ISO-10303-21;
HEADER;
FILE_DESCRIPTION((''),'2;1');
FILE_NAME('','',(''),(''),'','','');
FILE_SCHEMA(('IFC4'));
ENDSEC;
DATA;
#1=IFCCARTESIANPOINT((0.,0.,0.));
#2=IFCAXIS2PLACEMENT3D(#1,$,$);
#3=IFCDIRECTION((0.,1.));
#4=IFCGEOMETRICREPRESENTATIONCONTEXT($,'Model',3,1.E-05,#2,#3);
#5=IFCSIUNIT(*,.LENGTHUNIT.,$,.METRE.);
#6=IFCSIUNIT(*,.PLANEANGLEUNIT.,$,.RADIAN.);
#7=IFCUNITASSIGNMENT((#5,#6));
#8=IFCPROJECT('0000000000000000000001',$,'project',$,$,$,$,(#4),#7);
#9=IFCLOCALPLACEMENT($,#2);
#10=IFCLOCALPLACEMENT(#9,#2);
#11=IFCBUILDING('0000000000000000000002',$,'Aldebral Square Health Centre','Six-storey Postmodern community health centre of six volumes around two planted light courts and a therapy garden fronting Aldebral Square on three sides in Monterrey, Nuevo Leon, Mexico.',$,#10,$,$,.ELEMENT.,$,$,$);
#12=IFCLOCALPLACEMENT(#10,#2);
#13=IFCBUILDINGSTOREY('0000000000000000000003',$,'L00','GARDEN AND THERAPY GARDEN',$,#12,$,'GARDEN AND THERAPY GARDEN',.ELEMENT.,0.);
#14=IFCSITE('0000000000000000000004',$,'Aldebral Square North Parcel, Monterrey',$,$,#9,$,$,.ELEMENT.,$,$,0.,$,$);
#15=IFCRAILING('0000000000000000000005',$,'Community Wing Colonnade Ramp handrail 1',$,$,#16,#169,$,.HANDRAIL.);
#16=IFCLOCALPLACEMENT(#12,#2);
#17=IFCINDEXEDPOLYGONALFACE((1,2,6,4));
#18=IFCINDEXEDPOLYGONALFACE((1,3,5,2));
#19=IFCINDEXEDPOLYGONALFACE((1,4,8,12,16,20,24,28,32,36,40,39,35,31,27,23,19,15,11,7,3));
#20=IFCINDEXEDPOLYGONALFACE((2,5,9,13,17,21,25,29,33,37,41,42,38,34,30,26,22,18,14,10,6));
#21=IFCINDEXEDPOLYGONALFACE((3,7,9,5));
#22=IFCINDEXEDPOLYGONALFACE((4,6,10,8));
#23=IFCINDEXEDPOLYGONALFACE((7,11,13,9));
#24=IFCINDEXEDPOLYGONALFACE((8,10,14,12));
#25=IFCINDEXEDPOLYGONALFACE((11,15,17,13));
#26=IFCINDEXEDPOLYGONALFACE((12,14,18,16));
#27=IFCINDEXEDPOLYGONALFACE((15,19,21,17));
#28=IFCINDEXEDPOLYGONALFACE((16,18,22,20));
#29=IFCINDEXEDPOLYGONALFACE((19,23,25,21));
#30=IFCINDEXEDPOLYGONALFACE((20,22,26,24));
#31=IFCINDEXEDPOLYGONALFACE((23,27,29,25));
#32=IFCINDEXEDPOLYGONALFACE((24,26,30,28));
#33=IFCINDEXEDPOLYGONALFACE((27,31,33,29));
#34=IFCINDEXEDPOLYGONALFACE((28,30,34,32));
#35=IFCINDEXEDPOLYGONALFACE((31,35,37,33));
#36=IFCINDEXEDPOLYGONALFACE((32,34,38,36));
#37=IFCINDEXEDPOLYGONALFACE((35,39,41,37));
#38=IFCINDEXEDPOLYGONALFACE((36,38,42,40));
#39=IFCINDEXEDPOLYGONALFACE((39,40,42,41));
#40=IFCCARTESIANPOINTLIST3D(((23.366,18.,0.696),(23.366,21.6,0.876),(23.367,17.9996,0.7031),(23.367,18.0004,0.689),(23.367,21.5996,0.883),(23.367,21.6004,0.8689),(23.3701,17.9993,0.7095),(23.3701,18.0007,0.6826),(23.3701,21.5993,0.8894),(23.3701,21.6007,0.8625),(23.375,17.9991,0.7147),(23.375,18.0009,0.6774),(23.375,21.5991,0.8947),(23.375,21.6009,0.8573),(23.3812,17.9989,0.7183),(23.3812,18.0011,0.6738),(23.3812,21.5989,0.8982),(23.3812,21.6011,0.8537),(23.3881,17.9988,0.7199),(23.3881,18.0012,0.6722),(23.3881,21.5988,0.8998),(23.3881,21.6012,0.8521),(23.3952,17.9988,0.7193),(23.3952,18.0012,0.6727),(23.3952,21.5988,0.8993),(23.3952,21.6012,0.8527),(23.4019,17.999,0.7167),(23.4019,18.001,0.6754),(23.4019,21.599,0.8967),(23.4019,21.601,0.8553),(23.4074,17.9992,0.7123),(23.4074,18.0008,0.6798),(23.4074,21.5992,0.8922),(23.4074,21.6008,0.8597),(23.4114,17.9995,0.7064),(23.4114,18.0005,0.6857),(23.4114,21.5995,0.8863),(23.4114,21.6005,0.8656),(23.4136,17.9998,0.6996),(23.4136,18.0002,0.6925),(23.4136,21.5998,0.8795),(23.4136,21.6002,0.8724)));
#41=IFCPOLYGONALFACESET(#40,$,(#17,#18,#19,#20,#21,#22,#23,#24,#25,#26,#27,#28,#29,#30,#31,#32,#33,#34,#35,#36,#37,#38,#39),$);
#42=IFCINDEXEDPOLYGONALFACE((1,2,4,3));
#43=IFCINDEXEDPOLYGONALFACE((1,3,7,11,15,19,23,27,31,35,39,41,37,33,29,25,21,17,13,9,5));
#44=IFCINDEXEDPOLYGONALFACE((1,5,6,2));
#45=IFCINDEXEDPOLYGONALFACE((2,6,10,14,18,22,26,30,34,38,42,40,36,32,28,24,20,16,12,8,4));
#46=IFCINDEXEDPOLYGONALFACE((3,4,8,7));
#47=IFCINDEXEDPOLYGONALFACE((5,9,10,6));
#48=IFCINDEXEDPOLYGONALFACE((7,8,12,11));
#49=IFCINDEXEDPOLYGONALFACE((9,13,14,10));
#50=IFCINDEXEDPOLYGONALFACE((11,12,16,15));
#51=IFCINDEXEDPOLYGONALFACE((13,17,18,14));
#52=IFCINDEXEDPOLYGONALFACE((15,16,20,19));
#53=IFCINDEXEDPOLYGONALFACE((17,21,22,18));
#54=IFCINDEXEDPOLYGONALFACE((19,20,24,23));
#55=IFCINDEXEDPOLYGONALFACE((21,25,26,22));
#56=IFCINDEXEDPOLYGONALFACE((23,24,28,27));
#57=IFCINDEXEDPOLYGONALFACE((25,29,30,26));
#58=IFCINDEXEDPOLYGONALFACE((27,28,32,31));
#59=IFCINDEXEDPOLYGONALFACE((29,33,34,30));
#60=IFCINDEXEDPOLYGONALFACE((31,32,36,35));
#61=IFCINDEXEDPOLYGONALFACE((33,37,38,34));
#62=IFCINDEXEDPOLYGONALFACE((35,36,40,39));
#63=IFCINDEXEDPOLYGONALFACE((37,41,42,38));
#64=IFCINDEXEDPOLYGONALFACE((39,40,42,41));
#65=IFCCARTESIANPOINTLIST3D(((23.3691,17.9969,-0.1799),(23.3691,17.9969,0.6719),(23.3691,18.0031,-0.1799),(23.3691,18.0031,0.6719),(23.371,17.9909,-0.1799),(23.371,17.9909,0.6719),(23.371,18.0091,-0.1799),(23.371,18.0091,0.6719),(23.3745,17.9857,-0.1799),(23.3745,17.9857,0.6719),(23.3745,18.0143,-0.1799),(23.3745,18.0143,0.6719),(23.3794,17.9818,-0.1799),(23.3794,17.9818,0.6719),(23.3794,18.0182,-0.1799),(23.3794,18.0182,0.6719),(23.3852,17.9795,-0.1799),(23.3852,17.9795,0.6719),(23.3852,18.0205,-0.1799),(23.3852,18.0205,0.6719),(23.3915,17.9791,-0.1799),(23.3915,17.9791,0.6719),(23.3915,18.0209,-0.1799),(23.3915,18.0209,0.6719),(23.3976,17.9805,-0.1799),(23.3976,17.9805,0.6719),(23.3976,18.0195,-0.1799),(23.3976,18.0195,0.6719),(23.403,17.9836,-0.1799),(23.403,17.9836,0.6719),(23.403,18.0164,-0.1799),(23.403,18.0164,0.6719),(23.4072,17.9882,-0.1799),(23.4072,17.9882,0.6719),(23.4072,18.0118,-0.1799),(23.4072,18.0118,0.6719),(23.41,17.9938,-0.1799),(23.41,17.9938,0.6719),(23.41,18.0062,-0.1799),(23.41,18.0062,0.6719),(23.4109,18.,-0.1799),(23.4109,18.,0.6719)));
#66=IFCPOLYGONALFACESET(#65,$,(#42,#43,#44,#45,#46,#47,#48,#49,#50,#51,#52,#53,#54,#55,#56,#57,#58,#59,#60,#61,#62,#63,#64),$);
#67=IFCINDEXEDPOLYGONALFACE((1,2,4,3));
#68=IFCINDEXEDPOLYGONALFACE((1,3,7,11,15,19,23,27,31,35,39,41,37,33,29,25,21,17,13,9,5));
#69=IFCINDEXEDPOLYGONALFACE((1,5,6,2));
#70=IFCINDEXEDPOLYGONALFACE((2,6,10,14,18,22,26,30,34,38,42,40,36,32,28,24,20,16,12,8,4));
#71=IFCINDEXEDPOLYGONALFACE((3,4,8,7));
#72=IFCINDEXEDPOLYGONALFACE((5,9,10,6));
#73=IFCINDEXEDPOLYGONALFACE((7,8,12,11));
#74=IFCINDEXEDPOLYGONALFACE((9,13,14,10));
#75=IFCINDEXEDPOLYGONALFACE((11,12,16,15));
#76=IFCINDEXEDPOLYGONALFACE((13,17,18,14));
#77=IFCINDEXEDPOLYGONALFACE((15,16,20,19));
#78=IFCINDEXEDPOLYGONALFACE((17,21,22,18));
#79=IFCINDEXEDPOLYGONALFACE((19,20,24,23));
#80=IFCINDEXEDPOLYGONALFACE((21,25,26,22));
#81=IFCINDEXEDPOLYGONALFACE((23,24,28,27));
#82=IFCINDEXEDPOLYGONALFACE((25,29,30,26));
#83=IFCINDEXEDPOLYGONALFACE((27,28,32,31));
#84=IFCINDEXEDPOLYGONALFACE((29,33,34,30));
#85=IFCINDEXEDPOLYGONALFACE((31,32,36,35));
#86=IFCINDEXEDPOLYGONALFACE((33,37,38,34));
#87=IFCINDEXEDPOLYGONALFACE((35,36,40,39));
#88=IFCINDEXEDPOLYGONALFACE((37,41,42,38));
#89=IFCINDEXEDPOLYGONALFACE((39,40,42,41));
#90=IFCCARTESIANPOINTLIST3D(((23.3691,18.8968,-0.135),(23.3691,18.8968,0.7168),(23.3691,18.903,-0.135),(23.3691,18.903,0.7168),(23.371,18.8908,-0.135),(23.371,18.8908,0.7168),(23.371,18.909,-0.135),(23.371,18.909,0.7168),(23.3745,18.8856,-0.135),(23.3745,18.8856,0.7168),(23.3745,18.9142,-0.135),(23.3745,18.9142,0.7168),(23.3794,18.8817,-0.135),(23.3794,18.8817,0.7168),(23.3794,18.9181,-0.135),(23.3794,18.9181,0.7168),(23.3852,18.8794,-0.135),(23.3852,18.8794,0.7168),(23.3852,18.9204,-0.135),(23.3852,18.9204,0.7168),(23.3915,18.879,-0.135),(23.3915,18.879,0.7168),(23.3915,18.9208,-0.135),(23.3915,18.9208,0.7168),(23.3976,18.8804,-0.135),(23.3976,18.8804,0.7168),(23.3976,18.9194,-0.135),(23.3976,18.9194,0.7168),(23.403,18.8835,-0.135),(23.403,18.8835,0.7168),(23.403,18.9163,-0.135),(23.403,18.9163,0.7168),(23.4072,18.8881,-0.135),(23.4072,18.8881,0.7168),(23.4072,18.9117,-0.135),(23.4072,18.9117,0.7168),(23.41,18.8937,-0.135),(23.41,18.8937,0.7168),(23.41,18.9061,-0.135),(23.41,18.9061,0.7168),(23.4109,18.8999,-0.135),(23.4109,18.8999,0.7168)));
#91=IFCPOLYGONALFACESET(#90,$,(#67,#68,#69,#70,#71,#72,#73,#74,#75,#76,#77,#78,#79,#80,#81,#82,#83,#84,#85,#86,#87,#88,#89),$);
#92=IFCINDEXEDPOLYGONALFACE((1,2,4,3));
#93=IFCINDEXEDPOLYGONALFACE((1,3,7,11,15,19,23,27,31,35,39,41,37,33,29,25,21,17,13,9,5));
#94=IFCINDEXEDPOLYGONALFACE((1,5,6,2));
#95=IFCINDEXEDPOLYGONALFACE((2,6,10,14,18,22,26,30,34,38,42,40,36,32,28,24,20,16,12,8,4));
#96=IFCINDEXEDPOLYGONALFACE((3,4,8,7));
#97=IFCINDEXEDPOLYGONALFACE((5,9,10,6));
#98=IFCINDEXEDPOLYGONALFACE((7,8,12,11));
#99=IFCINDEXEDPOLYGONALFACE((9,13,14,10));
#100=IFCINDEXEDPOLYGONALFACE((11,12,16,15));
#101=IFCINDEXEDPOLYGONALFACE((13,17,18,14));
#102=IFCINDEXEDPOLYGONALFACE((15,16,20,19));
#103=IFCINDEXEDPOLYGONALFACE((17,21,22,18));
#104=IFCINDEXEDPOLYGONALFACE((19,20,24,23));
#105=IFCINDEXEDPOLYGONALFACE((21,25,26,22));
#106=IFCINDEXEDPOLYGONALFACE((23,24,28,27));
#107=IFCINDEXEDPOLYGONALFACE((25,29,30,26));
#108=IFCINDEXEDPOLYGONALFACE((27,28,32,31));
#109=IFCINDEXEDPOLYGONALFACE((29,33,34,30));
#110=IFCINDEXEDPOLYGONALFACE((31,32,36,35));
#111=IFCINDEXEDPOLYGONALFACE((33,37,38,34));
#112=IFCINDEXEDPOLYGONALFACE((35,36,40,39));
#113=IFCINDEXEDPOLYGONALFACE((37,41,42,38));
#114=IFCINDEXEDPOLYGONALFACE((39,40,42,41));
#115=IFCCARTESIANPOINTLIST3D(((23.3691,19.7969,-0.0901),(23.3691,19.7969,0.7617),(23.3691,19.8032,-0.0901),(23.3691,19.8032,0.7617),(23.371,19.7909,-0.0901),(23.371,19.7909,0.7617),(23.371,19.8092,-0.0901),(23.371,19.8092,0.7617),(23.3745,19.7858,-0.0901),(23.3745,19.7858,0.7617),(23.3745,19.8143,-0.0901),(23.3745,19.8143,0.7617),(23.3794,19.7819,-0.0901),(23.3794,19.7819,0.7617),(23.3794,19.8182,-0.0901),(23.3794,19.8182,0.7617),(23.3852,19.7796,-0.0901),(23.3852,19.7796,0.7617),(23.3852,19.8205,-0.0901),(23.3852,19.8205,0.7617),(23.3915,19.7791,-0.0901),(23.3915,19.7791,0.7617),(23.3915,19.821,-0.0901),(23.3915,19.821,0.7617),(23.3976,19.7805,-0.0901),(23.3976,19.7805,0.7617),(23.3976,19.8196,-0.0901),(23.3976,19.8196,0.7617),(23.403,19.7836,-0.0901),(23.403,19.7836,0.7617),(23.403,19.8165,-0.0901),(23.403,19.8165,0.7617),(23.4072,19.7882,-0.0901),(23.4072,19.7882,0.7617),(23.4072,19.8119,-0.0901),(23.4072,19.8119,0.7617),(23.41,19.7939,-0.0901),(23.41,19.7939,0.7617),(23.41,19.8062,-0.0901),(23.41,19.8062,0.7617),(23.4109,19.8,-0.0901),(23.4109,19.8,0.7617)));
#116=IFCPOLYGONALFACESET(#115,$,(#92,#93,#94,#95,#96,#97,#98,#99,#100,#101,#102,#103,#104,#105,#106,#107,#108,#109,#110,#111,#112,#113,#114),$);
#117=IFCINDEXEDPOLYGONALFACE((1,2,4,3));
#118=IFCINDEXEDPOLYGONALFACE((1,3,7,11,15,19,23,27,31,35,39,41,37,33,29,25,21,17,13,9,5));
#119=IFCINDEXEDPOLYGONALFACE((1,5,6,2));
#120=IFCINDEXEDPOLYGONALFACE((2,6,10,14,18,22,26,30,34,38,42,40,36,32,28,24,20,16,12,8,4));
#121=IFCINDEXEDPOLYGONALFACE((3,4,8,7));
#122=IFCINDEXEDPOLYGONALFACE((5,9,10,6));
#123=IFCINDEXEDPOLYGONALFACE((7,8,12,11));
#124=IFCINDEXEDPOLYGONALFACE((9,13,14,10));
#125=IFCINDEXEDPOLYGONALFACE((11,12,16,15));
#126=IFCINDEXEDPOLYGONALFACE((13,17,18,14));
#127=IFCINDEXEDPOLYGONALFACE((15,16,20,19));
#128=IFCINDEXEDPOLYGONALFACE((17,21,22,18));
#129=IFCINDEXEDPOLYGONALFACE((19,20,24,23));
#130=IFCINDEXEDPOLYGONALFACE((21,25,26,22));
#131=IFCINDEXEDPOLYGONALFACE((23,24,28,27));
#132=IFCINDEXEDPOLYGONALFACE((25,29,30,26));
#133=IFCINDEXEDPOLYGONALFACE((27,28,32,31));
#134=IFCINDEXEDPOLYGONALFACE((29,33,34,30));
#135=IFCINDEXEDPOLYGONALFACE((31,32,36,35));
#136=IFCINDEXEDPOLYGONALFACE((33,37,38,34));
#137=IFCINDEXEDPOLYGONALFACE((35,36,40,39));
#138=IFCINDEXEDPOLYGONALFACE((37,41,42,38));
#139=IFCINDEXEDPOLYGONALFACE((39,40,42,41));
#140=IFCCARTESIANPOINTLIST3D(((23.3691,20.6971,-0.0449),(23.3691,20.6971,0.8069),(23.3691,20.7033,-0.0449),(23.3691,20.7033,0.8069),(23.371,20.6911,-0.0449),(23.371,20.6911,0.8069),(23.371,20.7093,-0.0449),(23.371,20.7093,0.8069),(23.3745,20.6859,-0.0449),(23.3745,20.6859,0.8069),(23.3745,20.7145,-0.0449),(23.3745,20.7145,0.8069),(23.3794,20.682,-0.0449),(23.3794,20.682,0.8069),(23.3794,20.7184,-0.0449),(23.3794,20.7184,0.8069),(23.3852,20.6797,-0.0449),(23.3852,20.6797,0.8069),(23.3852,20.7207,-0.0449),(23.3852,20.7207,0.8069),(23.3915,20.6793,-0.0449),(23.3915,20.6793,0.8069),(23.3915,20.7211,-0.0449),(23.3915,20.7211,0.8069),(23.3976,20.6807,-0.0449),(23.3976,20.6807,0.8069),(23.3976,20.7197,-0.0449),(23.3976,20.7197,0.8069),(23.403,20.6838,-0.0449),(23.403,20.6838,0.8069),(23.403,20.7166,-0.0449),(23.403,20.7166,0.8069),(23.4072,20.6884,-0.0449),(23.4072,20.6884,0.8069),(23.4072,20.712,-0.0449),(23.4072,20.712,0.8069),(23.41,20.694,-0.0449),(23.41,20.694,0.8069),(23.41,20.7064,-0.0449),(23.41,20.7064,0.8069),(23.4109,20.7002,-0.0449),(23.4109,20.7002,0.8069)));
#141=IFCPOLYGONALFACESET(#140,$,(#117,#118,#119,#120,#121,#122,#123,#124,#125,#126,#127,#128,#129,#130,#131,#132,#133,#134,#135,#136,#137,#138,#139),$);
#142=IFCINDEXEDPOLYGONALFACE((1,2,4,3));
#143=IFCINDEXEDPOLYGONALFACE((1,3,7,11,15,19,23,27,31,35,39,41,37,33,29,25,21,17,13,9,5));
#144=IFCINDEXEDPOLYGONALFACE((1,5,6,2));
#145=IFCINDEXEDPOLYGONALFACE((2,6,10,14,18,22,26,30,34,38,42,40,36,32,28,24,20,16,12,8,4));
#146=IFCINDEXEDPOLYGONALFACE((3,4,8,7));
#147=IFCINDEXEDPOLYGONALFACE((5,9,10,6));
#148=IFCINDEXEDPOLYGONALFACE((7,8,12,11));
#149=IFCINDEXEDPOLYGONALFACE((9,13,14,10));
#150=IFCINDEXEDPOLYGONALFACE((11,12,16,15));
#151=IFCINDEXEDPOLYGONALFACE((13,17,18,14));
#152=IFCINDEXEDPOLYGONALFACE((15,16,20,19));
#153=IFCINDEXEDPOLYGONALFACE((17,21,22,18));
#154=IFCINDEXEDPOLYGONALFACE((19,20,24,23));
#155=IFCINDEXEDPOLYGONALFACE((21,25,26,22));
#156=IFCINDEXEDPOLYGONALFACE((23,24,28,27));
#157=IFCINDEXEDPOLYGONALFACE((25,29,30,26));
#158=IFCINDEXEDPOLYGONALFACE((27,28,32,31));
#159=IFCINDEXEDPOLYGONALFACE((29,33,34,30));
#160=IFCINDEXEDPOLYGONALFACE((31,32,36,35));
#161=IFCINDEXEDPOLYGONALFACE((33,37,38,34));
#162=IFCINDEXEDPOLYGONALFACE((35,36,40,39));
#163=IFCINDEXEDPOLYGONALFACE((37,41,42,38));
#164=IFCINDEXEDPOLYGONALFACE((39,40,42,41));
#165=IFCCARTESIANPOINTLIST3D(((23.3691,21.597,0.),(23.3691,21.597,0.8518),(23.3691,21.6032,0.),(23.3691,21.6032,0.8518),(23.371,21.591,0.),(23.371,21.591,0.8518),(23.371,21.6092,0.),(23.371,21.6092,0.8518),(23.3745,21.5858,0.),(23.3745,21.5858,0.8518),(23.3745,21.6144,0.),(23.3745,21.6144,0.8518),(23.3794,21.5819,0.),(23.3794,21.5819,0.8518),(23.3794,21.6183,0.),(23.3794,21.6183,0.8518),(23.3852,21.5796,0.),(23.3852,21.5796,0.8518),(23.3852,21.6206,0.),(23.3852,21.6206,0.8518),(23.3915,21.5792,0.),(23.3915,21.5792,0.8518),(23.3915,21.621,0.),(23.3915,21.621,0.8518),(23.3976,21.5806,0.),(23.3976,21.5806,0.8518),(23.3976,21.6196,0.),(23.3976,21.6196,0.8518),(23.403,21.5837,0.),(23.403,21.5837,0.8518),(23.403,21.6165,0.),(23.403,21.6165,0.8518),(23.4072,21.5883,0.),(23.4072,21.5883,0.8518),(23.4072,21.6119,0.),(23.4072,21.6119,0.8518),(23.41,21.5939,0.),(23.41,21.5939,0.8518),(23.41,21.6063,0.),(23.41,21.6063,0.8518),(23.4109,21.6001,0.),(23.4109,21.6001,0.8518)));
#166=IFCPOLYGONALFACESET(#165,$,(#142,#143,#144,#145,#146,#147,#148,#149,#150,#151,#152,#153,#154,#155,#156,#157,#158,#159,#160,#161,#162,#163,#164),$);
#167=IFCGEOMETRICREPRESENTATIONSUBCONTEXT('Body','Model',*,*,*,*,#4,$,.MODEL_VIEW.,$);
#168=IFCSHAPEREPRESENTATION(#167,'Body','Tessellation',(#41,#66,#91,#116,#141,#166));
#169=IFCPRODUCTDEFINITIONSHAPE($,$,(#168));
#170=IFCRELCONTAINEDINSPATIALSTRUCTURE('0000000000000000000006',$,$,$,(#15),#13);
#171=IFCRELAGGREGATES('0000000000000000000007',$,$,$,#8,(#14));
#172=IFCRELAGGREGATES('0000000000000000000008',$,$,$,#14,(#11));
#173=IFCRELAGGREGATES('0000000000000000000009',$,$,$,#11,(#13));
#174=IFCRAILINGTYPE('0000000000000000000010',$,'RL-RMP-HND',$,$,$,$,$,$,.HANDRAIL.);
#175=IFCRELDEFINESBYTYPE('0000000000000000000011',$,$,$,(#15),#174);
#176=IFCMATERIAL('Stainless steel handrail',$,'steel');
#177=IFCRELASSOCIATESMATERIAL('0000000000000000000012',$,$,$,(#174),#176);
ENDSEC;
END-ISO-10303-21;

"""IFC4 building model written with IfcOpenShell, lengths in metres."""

from ifc_helpers import new_model, si_unit, direction, frame, origin, origin_2d, place, context, subcontext, project, spatial, circle, extrude, material, type_object, element, save


model = new_model("IFC4")

# Units and contexts
model_context = context("Model", 3, precision=1e-05, world=origin(), true_north=direction((0.0, 1.0)))
body_context = subcontext(model_context, "Body", "Model", "MODEL_VIEW")
ifc_project = project(units=[si_unit("LENGTHUNIT", "METRE"), si_unit("PLANEANGLEUNIT", "RADIAN")], contexts=[model_context])

# Site, building, storey
site_placement = place(None, origin())
site = spatial("IfcSite", under=ifc_project, at=site_placement, Name="Aldebral Square North Parcel, Monterrey", CompositionType="ELEMENT", RefElevation=0.0)
building_placement = place(site_placement, origin())
building = spatial("IfcBuilding", under=site, at=building_placement, Name="Aldebral Square Health Centre", Description="Six-storey Postmodern community health centre of six volumes around two planted light courts and a therapy garden fronting Aldebral Square on three sides in Monterrey, Nuevo Leon, Mexico.", CompositionType="ELEMENT")
storey_placement = place(building_placement, origin())
storey = spatial("IfcBuildingStorey", under=building, at=storey_placement, Name="L00", Description="GARDEN AND THERAPY GARDEN", LongName="GARDEN AND THERAPY GARDEN", CompositionType="ELEMENT", Elevation=0.0)

# Railing
ifc_material_1 = material(Name="Stainless steel handrail", Category="steel")
railing_type = type_object("IfcRailingType", Name="RL-RMP-HND", PredefinedType="HANDRAIL", material=ifc_material_1)
for number, where, name in (
    (1, (23.3899, 18.0, -0.1799), "Community Wing Colonnade Ramp handrail 1"),
):
    element("IfcRailing", number, at=place(storey_placement, frame(where)), inside=storey, type_object=railing_type, Name=name, PredefinedType="HANDRAIL", context=body_context, shape_type="SweptSolid", body=[
        extrude(circle(Radius=0.0239, at=origin_2d()), frame((0.0, 0.0, 0.876), z_axis=(0.0, 0.998753, 0.049917), x_axis=(-1.0, 0.0, 0.0)), (0.0, 0.0, 1.0), 3.6045),
        extrude(circle(Radius=0.021, at=origin_2d()), origin(), (0.0, 0.0, 1.0), 0.8518),
        extrude(circle(Radius=0.021, at=origin_2d()), frame((0.0, 0.8999, 0.0449)), (0.0, 0.0, 1.0), 0.8518),
        extrude(circle(Radius=0.021, at=origin_2d()), frame((0.0, 1.8, 0.0898)), (0.0, 0.0, 1.0), 0.8518),
        extrude(circle(Radius=0.021, at=origin_2d()), frame((0.0, 2.7002, 0.135)), (0.0, 0.0, 1.0), 0.8518),
        extrude(circle(Radius=0.021, at=origin_2d()), frame((0.0, 3.6001, 0.1799)), (0.0, 0.0, 1.0), 0.8518),
    ])

save(model, "model.ifc")
